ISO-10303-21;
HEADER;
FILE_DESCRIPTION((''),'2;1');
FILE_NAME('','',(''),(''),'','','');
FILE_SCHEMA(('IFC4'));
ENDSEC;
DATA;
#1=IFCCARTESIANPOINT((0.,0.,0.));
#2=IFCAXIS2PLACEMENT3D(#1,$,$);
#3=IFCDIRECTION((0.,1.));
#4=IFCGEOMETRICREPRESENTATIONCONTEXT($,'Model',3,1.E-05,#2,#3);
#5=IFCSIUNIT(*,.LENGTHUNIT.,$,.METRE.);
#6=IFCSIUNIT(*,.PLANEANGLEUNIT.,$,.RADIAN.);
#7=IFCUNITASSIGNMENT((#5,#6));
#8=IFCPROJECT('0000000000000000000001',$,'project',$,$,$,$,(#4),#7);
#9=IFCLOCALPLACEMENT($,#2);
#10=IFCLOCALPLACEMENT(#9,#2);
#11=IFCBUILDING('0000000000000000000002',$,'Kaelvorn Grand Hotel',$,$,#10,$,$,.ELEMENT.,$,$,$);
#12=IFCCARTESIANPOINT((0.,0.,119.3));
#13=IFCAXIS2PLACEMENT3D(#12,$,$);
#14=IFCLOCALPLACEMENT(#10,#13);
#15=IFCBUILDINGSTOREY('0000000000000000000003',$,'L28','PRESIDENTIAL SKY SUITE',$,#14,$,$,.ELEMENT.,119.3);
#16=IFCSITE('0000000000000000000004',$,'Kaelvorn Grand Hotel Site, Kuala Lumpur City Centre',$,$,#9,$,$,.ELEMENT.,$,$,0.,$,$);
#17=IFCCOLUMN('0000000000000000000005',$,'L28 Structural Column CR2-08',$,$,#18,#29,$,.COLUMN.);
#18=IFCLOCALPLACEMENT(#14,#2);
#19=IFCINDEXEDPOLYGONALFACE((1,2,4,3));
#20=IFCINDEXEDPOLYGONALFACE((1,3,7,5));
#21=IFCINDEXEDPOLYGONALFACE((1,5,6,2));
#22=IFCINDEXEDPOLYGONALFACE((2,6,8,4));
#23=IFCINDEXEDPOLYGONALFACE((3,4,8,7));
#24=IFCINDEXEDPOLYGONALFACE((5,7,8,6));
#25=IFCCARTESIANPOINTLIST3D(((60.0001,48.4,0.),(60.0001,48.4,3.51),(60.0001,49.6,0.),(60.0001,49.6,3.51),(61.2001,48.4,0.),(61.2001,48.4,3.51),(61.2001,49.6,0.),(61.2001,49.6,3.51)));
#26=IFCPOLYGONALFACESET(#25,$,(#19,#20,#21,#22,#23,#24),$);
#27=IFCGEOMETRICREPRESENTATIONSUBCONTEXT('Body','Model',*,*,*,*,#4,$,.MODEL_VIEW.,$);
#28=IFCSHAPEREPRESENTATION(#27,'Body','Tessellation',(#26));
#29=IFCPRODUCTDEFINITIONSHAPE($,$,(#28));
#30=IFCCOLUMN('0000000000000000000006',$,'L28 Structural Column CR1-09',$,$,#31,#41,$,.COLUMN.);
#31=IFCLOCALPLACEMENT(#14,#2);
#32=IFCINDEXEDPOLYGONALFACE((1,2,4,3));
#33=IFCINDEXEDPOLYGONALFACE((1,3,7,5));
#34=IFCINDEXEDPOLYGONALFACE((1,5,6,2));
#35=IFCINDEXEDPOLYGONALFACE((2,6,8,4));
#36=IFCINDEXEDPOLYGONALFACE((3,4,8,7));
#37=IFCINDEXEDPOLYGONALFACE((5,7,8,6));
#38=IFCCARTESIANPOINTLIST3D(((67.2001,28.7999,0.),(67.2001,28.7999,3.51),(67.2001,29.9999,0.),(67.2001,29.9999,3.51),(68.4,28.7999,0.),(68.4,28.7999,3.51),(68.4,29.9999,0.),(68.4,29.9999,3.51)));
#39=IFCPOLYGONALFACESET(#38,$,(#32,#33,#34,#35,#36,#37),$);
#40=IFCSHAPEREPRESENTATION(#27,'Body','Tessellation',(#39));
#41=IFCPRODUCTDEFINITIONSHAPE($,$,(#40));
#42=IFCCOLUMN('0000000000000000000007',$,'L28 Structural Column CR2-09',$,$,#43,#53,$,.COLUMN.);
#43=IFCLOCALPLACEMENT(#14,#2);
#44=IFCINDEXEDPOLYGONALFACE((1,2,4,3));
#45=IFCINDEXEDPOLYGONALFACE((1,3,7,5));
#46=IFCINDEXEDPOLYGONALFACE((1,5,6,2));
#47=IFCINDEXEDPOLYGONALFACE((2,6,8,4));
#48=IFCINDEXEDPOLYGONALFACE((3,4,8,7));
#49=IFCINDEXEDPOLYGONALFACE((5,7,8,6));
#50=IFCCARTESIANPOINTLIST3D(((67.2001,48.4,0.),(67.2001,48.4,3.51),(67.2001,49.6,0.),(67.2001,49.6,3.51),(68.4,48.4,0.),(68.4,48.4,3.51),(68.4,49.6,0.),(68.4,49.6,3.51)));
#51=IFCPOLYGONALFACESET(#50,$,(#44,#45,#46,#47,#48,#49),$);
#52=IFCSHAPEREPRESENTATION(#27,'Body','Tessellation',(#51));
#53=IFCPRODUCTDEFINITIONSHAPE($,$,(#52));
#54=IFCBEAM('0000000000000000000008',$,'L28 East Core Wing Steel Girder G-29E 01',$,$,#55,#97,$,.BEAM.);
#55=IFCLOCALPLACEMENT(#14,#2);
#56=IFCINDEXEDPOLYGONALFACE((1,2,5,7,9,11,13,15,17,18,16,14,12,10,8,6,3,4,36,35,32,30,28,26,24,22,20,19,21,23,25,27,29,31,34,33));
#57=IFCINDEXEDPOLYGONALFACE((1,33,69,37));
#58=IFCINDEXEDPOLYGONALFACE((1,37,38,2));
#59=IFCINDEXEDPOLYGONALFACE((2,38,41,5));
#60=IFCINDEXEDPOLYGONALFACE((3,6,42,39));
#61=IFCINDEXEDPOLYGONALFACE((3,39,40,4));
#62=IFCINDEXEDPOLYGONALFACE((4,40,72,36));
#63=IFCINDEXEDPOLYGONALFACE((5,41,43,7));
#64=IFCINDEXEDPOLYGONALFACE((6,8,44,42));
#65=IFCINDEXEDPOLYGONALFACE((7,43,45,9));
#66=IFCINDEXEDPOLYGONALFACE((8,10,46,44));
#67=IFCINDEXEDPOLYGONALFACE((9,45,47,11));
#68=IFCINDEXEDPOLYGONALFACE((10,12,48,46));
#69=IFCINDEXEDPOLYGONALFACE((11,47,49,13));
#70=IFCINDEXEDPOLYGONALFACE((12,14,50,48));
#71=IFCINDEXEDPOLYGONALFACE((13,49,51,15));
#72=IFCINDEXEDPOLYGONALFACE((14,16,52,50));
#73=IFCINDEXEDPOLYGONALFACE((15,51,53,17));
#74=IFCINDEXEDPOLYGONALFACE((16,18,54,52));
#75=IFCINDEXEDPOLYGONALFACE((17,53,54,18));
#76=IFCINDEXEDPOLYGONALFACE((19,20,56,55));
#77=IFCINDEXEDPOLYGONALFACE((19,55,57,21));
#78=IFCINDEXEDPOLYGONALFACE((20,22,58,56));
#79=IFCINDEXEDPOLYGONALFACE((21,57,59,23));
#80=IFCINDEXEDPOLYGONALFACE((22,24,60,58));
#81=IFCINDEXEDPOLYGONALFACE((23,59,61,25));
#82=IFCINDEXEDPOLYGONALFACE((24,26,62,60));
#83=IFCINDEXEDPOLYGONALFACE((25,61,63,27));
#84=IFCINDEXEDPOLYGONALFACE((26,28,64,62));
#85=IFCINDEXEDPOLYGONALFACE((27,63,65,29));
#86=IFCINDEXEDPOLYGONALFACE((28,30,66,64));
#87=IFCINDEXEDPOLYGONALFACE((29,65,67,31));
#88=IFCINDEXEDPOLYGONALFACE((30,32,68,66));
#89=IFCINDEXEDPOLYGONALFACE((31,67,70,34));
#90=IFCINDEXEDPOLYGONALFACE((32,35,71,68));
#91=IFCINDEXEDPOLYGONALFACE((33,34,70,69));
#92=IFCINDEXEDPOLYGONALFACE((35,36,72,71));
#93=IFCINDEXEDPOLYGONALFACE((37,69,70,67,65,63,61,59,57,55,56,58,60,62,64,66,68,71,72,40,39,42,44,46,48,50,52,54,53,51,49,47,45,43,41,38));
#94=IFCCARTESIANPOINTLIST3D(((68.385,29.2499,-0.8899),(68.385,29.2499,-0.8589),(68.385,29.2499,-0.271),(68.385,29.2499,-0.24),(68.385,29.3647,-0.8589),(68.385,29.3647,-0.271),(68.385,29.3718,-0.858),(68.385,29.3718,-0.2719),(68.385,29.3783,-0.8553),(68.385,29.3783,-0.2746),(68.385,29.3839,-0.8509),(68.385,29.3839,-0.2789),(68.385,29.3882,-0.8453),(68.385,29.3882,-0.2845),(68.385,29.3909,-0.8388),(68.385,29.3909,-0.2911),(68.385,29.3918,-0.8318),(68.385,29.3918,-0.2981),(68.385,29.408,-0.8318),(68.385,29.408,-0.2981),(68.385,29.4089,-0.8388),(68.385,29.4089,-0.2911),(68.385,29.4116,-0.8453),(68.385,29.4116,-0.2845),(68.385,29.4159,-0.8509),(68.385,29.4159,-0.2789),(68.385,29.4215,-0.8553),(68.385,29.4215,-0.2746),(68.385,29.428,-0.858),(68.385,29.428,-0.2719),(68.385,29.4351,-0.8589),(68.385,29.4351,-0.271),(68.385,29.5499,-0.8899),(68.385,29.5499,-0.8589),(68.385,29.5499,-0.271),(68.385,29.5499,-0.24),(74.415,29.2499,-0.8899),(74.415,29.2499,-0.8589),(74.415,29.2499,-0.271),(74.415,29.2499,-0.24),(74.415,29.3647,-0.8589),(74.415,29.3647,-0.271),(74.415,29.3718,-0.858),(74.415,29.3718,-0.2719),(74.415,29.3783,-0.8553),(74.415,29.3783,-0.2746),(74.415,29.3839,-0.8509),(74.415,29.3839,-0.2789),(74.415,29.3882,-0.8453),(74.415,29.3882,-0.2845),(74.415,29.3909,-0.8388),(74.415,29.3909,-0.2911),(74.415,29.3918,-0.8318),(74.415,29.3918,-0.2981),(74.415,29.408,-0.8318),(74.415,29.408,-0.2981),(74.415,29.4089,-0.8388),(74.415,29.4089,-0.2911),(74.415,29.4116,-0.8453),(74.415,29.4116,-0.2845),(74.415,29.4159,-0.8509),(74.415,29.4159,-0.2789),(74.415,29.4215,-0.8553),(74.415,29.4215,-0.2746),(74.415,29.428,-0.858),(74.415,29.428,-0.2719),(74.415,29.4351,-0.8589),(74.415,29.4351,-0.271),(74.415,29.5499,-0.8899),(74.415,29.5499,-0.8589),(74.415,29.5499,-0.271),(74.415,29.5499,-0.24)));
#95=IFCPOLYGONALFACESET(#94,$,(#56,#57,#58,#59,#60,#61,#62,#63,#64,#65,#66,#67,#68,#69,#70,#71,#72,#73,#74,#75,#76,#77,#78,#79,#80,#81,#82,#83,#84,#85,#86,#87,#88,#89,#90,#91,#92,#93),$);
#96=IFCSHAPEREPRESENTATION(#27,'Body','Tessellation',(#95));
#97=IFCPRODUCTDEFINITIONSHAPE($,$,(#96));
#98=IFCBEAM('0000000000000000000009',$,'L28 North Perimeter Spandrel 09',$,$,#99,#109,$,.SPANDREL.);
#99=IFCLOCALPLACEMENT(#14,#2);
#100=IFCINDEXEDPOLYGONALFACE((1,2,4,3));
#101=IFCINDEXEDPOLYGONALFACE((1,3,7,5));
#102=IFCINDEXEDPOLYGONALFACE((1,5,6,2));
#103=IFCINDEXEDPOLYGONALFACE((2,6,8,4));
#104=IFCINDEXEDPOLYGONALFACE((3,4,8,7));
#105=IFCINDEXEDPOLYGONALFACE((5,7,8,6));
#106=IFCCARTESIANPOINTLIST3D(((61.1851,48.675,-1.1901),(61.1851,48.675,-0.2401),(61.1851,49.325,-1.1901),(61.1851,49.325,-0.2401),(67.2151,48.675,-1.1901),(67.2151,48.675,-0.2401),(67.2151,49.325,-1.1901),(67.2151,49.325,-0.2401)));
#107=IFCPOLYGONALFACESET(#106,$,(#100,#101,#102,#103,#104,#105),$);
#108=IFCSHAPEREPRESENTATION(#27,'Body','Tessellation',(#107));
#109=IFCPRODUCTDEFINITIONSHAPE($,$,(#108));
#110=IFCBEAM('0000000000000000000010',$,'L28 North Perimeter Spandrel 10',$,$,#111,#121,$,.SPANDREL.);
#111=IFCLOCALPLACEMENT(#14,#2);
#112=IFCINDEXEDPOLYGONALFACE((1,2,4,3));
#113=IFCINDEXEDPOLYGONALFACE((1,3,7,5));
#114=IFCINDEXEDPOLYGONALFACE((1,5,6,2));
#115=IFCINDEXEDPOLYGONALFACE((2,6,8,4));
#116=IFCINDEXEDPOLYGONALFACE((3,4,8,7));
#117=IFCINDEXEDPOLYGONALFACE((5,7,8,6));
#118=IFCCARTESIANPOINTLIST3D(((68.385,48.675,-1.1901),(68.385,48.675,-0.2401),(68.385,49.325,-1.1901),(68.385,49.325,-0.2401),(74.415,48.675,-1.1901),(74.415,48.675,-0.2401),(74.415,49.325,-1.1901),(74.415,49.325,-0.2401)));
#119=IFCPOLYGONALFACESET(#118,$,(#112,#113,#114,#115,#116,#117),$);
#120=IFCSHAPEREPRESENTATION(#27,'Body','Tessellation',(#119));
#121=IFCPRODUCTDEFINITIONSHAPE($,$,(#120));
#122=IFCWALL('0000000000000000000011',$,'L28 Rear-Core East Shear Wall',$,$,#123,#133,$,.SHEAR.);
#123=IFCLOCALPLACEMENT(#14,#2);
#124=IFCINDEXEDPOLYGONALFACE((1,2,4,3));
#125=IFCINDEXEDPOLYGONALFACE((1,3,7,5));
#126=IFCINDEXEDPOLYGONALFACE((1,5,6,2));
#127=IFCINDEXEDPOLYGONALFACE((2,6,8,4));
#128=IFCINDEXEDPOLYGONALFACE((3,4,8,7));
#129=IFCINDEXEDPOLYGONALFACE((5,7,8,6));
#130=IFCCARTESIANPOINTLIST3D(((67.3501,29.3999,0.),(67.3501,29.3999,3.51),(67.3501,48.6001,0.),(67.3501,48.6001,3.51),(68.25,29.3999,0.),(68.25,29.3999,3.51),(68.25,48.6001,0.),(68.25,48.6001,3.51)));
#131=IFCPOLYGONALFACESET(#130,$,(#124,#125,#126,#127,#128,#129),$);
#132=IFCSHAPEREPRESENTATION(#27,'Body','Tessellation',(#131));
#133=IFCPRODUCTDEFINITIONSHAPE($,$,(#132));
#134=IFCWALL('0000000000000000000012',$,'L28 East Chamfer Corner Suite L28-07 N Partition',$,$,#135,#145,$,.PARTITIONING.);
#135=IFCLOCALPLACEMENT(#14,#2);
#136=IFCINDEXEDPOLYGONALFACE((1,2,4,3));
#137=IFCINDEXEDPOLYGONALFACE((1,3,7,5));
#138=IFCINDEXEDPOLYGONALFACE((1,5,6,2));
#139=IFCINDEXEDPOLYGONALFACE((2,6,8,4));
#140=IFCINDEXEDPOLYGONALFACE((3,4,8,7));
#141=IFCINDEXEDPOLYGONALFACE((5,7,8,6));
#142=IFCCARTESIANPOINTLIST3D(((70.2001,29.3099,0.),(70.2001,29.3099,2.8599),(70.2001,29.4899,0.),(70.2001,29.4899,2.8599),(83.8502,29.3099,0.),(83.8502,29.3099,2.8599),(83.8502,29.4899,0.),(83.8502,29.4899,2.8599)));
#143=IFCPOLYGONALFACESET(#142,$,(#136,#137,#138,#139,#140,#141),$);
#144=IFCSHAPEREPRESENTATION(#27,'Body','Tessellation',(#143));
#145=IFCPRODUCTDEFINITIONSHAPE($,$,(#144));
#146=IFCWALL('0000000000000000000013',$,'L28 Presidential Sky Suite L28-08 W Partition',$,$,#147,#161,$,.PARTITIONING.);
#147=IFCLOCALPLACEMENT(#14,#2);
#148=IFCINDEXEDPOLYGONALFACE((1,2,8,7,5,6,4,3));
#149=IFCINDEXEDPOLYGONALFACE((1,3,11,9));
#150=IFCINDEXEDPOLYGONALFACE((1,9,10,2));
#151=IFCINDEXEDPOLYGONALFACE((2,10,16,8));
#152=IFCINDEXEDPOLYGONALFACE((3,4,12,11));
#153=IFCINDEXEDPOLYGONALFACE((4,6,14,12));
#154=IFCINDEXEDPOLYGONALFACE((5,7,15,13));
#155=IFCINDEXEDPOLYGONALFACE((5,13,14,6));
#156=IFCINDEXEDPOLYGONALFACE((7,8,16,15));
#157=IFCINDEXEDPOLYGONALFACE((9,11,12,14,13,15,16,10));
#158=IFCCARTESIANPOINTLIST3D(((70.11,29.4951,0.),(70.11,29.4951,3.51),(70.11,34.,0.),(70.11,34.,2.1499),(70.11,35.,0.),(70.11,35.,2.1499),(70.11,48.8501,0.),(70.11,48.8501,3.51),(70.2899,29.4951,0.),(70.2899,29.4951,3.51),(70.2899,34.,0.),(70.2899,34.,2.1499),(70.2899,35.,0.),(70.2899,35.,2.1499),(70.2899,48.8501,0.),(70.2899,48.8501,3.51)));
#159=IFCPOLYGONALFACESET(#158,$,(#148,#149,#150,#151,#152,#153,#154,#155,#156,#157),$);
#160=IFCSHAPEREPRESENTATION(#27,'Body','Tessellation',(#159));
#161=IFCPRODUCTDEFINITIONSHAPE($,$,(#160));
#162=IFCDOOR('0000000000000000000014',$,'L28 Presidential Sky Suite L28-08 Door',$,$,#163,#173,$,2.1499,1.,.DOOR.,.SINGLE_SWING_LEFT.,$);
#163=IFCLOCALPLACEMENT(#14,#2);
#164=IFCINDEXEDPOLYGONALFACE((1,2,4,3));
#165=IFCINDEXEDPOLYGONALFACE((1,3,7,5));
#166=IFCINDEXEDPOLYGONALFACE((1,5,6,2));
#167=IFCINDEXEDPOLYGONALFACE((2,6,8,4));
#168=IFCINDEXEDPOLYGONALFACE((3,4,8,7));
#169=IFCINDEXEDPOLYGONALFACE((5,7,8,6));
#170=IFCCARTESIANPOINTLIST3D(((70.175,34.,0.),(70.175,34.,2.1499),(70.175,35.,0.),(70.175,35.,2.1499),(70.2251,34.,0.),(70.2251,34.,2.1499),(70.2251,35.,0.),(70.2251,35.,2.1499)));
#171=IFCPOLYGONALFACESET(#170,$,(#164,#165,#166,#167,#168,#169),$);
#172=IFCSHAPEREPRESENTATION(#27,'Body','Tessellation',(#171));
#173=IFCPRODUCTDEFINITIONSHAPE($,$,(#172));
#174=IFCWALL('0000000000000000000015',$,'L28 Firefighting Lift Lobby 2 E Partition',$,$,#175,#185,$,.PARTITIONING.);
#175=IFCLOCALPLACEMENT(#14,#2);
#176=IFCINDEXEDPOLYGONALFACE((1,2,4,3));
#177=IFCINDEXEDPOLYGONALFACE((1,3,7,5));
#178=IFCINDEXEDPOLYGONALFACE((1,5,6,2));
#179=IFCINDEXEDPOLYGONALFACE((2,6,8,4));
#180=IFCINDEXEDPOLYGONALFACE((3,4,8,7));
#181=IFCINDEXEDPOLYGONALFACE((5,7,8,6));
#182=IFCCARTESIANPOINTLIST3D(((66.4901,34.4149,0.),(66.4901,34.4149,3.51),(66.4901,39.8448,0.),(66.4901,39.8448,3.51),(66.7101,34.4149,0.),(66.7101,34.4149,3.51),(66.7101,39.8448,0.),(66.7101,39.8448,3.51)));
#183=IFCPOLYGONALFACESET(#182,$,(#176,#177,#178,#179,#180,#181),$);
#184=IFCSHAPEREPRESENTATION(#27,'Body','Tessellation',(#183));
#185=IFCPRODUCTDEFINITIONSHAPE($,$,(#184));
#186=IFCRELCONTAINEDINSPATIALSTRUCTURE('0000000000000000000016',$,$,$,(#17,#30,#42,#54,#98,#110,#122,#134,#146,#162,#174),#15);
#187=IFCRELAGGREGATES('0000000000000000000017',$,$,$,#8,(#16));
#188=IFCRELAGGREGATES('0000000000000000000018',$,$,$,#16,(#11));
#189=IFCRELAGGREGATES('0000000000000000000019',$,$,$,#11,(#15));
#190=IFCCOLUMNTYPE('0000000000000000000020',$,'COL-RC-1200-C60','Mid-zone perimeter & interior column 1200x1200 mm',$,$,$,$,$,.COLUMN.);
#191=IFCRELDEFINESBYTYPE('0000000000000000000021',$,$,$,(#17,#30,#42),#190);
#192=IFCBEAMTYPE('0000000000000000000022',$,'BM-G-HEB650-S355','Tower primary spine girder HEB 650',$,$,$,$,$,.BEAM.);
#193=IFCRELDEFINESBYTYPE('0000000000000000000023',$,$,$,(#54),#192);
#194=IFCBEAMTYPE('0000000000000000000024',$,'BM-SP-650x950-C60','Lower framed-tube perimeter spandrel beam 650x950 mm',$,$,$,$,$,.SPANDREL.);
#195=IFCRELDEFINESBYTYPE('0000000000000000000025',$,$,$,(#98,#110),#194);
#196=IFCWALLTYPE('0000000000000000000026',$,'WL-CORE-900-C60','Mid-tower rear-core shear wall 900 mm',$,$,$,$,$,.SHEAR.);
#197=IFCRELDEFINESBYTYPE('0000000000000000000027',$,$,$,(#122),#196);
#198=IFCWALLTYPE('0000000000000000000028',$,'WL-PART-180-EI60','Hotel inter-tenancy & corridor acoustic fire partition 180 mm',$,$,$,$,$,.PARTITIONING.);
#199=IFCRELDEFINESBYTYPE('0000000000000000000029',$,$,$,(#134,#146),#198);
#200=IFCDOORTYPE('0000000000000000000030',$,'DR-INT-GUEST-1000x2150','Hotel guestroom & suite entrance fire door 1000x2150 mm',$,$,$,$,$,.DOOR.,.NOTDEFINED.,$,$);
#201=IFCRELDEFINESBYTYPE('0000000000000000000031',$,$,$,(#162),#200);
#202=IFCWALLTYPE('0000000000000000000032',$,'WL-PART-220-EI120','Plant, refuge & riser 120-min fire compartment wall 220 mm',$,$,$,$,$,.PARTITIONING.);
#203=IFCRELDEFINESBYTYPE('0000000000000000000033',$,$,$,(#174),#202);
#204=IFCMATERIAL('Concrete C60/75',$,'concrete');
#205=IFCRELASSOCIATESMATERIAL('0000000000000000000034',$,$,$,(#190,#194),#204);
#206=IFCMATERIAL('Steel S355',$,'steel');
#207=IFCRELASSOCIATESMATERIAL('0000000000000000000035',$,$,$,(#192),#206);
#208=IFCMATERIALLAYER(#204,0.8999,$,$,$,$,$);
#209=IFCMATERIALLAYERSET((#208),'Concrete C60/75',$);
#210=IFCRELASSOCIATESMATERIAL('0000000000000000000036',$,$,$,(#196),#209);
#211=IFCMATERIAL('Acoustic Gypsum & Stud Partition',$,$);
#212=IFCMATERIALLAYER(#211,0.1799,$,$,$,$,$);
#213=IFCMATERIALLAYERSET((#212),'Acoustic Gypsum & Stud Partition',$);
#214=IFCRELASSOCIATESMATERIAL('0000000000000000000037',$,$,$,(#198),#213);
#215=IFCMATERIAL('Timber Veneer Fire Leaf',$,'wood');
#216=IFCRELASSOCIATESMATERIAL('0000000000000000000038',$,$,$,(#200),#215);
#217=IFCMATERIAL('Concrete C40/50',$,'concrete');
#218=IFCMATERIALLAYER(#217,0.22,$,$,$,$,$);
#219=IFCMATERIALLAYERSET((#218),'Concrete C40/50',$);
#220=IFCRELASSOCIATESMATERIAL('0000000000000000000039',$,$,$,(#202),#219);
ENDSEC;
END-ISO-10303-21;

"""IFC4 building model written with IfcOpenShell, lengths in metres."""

from ifc_helpers import new_model, si_unit, direction, frame, frame_2d, origin, origin_2d, place, context, subcontext, project, spatial, rectangle, i_section, extrude, material, layer, layer_set, material_profile, profile_set, type_object, element, fill, save


model = new_model("IFC4")

# Units and contexts
model_context = context("Model", 3, precision=1e-05, world=origin(), true_north=direction((0.0, 1.0)))
body_context = subcontext(model_context, "Body", "Model", "MODEL_VIEW")
ifc_project = project(units=[si_unit("LENGTHUNIT", "METRE"), si_unit("PLANEANGLEUNIT", "RADIAN")], contexts=[model_context])

# Site, building, storey
site_placement = place(None, origin())
site = spatial("IfcSite", under=ifc_project, at=site_placement, Name="Kaelvorn Grand Hotel Site, Kuala Lumpur City Centre", CompositionType="ELEMENT", RefElevation=0.0)
building_placement = place(site_placement, origin())
building = spatial("IfcBuilding", under=site, at=building_placement, Name="Kaelvorn Grand Hotel", CompositionType="ELEMENT")
storey_placement = place(building_placement, frame((0.0, 0.0, 119.3)))
storey = spatial("IfcBuildingStorey", under=building, at=storey_placement, Name="L28", Description="PRESIDENTIAL SKY SUITE", CompositionType="ELEMENT", Elevation=119.3)

# Columns
ifc_material_1 = material(Name="Concrete C60/75", Category="concrete")
ifc_material_profile_1 = material_profile(ifc_material_1, rectangle(XDim=1.2, YDim=1.2, at=origin_2d()), Name="RC COL 1200x1200")
ifc_profile_set_1 = profile_set([ifc_material_profile_1], Name="Concrete C60/75")
column_type = type_object("IfcColumnType", Name="COL-RC-1200-C60", Description="Mid-zone perimeter & interior column 1200x1200 mm", PredefinedType="COLUMN", material=ifc_profile_set_1)
for number, where, z_axis, x_axis, name in (
    (1, (60.6001, 49.0, 0.0), (0.0, 0.0, 1.0), (1.0, 0.0, 0.0), "L28 Structural Column CR2-08"),
    (2, (67.8, 29.3999, 0.0), (0.0, 0.0, 1.0), (1.0, 0.0, 0.0), "L28 Structural Column CR1-09"),
    (3, (67.8, 49.0, 0.0), (0.0, 0.0, 1.0), (1.0, 0.0, 0.0), "L28 Structural Column CR2-09"),
):
    element("IfcColumn", number, at=place(storey_placement, frame(where, z_axis=z_axis, x_axis=x_axis)), inside=storey, type_object=column_type, Name=name, PredefinedType="COLUMN", context=body_context, shape_type="SweptSolid", body=[
        extrude(rectangle(XDim=1.2, YDim=1.2, at=origin_2d()), origin(), (0.0, 0.0, 1.0), 3.51),
    ])

# Beams
ifc_material_2 = material(Name="Steel S355", Category="steel")
ifc_material_profile_2 = material_profile(ifc_material_2, i_section(OverallWidth=0.3, OverallDepth=0.6499, WebThickness=0.0161, FlangeThickness=0.031, FilletRadius=0.0271, at=origin_2d()), Name="HEB 650")
ifc_profile_set_2 = profile_set([ifc_material_profile_2], Name="Steel S355")
beam_type_1 = type_object("IfcBeamType", Name="BM-G-HEB650-S355", Description="Tower primary spine girder HEB 650", PredefinedType="BEAM", material=ifc_profile_set_2)
beam_placement = place(storey_placement, frame((68.385, 29.3999, -0.5649), z_axis=(1.0, 0.0, 0.0), x_axis=(0.0, 1.0, 0.0)))
element("IfcBeam", 4, at=beam_placement, inside=storey, type_object=beam_type_1, Name="L28 East Core Wing Steel Girder G-29E 01", PredefinedType="BEAM", context=body_context, shape_type="SweptSolid", body=[
    extrude(i_section(OverallWidth=0.3, OverallDepth=0.6499, WebThickness=0.0161, FlangeThickness=0.031, FilletRadius=0.0271, at=origin_2d()), origin(), (0.0, 0.0, 1.0), 6.03),
])
ifc_material_profile_3 = material_profile(ifc_material_1, rectangle(XDim=0.6499, YDim=0.95, at=origin_2d()), Name="RC SPANDREL 650x950")
ifc_profile_set_3 = profile_set([ifc_material_profile_3], Name="Concrete C60/75")
beam_type_2 = type_object("IfcBeamType", Name="BM-SP-650x950-C60", Description="Lower framed-tube perimeter spandrel beam 650x950 mm", PredefinedType="SPANDREL", material=ifc_profile_set_3)
for number, where, z_axis, x_axis, name in (
    (5, (61.1851, 49.0, -0.7151), (1.0, 0.0, 0.0), (0.0, 1.0, 0.0), "L28 North Perimeter Spandrel 09"),
    (6, (68.385, 49.0, -0.7151), (1.0, 0.0, 0.0), (0.0, 1.0, 0.0), "L28 North Perimeter Spandrel 10"),
):
    element("IfcBeam", number, at=place(storey_placement, frame(where, z_axis=z_axis, x_axis=x_axis)), inside=storey, type_object=beam_type_2, Name=name, PredefinedType="SPANDREL", context=body_context, shape_type="SweptSolid", body=[
        extrude(rectangle(XDim=0.6499, YDim=0.95, at=origin_2d()), origin(), (0.0, 0.0, 1.0), 6.03),
    ])

# Walls
ifc_layer_1 = layer(ifc_material_1, 0.8999)
ifc_layer_set_1 = layer_set([ifc_layer_1], Name="Concrete C60/75")
wall_type_1 = type_object("IfcWallType", Name="WL-CORE-900-C60", Description="Mid-tower rear-core shear wall 900 mm", PredefinedType="SHEAR", material=ifc_layer_set_1)
wall_1_placement = place(storey_placement, frame((67.8, 29.3999, 0.0), z_axis=(0.0, 0.0, 1.0), x_axis=(0.0, 1.0, 0.0)))
element("IfcWall", 7, at=wall_1_placement, inside=storey, type_object=wall_type_1, Name="L28 Rear-Core East Shear Wall", PredefinedType="SHEAR", context=body_context, shape_type="SweptSolid", body=[
    extrude(rectangle(XDim=19.2002, YDim=0.8999, at=frame_2d((9.6001, 0.0))), origin(), (0.0, 0.0, 1.0), 3.51),
])
ifc_material_3 = material(Name="Acoustic Gypsum & Stud Partition")
ifc_layer_2 = layer(ifc_material_3, 0.1799)
ifc_layer_set_2 = layer_set([ifc_layer_2], Name="Acoustic Gypsum & Stud Partition")
wall_type_2 = type_object("IfcWallType", Name="WL-PART-180-EI60", Description="Hotel inter-tenancy & corridor acoustic fire partition 180 mm", PredefinedType="PARTITIONING", material=ifc_layer_set_2)
wall_2_placement = place(storey_placement, frame((70.2, 29.3999, 0.0), z_axis=(0.0, 0.0, 1.0), x_axis=(1.0, 0.0, 0.0)))
element("IfcWall", 8, at=wall_2_placement, inside=storey, type_object=wall_type_2, Name="L28 East Chamfer Corner Suite L28-07 N Partition", PredefinedType="PARTITIONING", context=body_context, shape_type="SweptSolid", body=[
    extrude(rectangle(XDim=13.6501, YDim=0.1799, at=frame_2d((6.8252, 0.0))), origin(), (0.0, 0.0, 1.0), 2.8599),
])

# Wall, opening, door
wall_3_placement = place(storey_placement, frame((70.2, 29.4951, 0.0), z_axis=(0.0, 0.0, 1.0), x_axis=(0.0, 1.0, 0.0)))
wall_3 = element("IfcWall", 9, at=wall_3_placement, inside=storey, type_object=wall_type_2, Name="L28 Presidential Sky Suite L28-08 W Partition", PredefinedType="PARTITIONING", context=body_context, shape_type="SweptSolid", body=[
    extrude(rectangle(XDim=19.355, YDim=0.1799, at=frame_2d((9.6775, 0.0))), origin(), (0.0, 0.0, 1.0), 3.51),
])
opening_1_placement = place(wall_3_placement, frame((4.5049, 0.0, 0.0)))
opening_1 = element("IfcOpeningElement", 10, at=opening_1_placement, cuts=wall_3, PredefinedType="OPENING", context=body_context, shape_type="SweptSolid", body=[
    extrude(rectangle(XDim=1.0, YDim=2.1499, at=frame_2d((0.5, 1.075))), frame((0.0, 0.1001, 0.0), z_axis=(0.0, -1.0, 0.0), x_axis=(1.0, 0.0, 0.0)), (0.0, 0.0, 1.0), 0.2),
])
ifc_material_4 = material(Name="Timber Veneer Fire Leaf", Category="wood")
door_type_1 = type_object("IfcDoorType", Name="DR-INT-GUEST-1000x2150", Description="Hotel guestroom & suite entrance fire door 1000x2150 mm", OperationType="NOTDEFINED", PredefinedType="DOOR", material=ifc_material_4)
door_1_placement = place(opening_1_placement, origin())
door_1 = element("IfcDoor", 11, at=door_1_placement, inside=storey, type_object=door_type_1, Name="L28 Presidential Sky Suite L28-08 Door", OperationType="SINGLE_SWING_LEFT", OverallHeight=2.1499, OverallWidth=1.0, PredefinedType="DOOR", context=body_context, shape_type="SweptSolid", body=[
    extrude(rectangle(XDim=1.0, YDim=2.1499, at=frame_2d((0.5, 1.075))), frame((0.0, 0.0249, 0.0), z_axis=(0.0, -1.0, 0.0), x_axis=(1.0, 0.0, 0.0)), (0.0, 0.0, 1.0), 0.05),
])
fill(opening_1, door_1)

# Wall
ifc_material_5 = material(Name="Concrete C40/50", Category="concrete")
ifc_layer_3 = layer(ifc_material_5, 0.22)
ifc_layer_set_3 = layer_set([ifc_layer_3], Name="Concrete C40/50")
wall_type_3 = type_object("IfcWallType", Name="WL-PART-220-EI120", Description="Plant, refuge & riser 120-min fire compartment wall 220 mm", PredefinedType="PARTITIONING", material=ifc_layer_set_3)
wall_4_placement = place(storey_placement, frame((66.6001, 34.415, 0.0), z_axis=(0.0, 0.0, 1.0), x_axis=(0.0, 1.0, 0.0)))
element("IfcWall", 12, at=wall_4_placement, inside=storey, type_object=wall_type_3, Name="L28 Firefighting Lift Lobby 2 E Partition", PredefinedType="PARTITIONING", context=body_context, shape_type="SweptSolid", body=[
    extrude(rectangle(XDim=5.4299, YDim=0.22, at=frame_2d((2.7148, 0.0))), origin(), (0.0, 0.0, 1.0), 3.51),
])

save(model, "model.ifc")
